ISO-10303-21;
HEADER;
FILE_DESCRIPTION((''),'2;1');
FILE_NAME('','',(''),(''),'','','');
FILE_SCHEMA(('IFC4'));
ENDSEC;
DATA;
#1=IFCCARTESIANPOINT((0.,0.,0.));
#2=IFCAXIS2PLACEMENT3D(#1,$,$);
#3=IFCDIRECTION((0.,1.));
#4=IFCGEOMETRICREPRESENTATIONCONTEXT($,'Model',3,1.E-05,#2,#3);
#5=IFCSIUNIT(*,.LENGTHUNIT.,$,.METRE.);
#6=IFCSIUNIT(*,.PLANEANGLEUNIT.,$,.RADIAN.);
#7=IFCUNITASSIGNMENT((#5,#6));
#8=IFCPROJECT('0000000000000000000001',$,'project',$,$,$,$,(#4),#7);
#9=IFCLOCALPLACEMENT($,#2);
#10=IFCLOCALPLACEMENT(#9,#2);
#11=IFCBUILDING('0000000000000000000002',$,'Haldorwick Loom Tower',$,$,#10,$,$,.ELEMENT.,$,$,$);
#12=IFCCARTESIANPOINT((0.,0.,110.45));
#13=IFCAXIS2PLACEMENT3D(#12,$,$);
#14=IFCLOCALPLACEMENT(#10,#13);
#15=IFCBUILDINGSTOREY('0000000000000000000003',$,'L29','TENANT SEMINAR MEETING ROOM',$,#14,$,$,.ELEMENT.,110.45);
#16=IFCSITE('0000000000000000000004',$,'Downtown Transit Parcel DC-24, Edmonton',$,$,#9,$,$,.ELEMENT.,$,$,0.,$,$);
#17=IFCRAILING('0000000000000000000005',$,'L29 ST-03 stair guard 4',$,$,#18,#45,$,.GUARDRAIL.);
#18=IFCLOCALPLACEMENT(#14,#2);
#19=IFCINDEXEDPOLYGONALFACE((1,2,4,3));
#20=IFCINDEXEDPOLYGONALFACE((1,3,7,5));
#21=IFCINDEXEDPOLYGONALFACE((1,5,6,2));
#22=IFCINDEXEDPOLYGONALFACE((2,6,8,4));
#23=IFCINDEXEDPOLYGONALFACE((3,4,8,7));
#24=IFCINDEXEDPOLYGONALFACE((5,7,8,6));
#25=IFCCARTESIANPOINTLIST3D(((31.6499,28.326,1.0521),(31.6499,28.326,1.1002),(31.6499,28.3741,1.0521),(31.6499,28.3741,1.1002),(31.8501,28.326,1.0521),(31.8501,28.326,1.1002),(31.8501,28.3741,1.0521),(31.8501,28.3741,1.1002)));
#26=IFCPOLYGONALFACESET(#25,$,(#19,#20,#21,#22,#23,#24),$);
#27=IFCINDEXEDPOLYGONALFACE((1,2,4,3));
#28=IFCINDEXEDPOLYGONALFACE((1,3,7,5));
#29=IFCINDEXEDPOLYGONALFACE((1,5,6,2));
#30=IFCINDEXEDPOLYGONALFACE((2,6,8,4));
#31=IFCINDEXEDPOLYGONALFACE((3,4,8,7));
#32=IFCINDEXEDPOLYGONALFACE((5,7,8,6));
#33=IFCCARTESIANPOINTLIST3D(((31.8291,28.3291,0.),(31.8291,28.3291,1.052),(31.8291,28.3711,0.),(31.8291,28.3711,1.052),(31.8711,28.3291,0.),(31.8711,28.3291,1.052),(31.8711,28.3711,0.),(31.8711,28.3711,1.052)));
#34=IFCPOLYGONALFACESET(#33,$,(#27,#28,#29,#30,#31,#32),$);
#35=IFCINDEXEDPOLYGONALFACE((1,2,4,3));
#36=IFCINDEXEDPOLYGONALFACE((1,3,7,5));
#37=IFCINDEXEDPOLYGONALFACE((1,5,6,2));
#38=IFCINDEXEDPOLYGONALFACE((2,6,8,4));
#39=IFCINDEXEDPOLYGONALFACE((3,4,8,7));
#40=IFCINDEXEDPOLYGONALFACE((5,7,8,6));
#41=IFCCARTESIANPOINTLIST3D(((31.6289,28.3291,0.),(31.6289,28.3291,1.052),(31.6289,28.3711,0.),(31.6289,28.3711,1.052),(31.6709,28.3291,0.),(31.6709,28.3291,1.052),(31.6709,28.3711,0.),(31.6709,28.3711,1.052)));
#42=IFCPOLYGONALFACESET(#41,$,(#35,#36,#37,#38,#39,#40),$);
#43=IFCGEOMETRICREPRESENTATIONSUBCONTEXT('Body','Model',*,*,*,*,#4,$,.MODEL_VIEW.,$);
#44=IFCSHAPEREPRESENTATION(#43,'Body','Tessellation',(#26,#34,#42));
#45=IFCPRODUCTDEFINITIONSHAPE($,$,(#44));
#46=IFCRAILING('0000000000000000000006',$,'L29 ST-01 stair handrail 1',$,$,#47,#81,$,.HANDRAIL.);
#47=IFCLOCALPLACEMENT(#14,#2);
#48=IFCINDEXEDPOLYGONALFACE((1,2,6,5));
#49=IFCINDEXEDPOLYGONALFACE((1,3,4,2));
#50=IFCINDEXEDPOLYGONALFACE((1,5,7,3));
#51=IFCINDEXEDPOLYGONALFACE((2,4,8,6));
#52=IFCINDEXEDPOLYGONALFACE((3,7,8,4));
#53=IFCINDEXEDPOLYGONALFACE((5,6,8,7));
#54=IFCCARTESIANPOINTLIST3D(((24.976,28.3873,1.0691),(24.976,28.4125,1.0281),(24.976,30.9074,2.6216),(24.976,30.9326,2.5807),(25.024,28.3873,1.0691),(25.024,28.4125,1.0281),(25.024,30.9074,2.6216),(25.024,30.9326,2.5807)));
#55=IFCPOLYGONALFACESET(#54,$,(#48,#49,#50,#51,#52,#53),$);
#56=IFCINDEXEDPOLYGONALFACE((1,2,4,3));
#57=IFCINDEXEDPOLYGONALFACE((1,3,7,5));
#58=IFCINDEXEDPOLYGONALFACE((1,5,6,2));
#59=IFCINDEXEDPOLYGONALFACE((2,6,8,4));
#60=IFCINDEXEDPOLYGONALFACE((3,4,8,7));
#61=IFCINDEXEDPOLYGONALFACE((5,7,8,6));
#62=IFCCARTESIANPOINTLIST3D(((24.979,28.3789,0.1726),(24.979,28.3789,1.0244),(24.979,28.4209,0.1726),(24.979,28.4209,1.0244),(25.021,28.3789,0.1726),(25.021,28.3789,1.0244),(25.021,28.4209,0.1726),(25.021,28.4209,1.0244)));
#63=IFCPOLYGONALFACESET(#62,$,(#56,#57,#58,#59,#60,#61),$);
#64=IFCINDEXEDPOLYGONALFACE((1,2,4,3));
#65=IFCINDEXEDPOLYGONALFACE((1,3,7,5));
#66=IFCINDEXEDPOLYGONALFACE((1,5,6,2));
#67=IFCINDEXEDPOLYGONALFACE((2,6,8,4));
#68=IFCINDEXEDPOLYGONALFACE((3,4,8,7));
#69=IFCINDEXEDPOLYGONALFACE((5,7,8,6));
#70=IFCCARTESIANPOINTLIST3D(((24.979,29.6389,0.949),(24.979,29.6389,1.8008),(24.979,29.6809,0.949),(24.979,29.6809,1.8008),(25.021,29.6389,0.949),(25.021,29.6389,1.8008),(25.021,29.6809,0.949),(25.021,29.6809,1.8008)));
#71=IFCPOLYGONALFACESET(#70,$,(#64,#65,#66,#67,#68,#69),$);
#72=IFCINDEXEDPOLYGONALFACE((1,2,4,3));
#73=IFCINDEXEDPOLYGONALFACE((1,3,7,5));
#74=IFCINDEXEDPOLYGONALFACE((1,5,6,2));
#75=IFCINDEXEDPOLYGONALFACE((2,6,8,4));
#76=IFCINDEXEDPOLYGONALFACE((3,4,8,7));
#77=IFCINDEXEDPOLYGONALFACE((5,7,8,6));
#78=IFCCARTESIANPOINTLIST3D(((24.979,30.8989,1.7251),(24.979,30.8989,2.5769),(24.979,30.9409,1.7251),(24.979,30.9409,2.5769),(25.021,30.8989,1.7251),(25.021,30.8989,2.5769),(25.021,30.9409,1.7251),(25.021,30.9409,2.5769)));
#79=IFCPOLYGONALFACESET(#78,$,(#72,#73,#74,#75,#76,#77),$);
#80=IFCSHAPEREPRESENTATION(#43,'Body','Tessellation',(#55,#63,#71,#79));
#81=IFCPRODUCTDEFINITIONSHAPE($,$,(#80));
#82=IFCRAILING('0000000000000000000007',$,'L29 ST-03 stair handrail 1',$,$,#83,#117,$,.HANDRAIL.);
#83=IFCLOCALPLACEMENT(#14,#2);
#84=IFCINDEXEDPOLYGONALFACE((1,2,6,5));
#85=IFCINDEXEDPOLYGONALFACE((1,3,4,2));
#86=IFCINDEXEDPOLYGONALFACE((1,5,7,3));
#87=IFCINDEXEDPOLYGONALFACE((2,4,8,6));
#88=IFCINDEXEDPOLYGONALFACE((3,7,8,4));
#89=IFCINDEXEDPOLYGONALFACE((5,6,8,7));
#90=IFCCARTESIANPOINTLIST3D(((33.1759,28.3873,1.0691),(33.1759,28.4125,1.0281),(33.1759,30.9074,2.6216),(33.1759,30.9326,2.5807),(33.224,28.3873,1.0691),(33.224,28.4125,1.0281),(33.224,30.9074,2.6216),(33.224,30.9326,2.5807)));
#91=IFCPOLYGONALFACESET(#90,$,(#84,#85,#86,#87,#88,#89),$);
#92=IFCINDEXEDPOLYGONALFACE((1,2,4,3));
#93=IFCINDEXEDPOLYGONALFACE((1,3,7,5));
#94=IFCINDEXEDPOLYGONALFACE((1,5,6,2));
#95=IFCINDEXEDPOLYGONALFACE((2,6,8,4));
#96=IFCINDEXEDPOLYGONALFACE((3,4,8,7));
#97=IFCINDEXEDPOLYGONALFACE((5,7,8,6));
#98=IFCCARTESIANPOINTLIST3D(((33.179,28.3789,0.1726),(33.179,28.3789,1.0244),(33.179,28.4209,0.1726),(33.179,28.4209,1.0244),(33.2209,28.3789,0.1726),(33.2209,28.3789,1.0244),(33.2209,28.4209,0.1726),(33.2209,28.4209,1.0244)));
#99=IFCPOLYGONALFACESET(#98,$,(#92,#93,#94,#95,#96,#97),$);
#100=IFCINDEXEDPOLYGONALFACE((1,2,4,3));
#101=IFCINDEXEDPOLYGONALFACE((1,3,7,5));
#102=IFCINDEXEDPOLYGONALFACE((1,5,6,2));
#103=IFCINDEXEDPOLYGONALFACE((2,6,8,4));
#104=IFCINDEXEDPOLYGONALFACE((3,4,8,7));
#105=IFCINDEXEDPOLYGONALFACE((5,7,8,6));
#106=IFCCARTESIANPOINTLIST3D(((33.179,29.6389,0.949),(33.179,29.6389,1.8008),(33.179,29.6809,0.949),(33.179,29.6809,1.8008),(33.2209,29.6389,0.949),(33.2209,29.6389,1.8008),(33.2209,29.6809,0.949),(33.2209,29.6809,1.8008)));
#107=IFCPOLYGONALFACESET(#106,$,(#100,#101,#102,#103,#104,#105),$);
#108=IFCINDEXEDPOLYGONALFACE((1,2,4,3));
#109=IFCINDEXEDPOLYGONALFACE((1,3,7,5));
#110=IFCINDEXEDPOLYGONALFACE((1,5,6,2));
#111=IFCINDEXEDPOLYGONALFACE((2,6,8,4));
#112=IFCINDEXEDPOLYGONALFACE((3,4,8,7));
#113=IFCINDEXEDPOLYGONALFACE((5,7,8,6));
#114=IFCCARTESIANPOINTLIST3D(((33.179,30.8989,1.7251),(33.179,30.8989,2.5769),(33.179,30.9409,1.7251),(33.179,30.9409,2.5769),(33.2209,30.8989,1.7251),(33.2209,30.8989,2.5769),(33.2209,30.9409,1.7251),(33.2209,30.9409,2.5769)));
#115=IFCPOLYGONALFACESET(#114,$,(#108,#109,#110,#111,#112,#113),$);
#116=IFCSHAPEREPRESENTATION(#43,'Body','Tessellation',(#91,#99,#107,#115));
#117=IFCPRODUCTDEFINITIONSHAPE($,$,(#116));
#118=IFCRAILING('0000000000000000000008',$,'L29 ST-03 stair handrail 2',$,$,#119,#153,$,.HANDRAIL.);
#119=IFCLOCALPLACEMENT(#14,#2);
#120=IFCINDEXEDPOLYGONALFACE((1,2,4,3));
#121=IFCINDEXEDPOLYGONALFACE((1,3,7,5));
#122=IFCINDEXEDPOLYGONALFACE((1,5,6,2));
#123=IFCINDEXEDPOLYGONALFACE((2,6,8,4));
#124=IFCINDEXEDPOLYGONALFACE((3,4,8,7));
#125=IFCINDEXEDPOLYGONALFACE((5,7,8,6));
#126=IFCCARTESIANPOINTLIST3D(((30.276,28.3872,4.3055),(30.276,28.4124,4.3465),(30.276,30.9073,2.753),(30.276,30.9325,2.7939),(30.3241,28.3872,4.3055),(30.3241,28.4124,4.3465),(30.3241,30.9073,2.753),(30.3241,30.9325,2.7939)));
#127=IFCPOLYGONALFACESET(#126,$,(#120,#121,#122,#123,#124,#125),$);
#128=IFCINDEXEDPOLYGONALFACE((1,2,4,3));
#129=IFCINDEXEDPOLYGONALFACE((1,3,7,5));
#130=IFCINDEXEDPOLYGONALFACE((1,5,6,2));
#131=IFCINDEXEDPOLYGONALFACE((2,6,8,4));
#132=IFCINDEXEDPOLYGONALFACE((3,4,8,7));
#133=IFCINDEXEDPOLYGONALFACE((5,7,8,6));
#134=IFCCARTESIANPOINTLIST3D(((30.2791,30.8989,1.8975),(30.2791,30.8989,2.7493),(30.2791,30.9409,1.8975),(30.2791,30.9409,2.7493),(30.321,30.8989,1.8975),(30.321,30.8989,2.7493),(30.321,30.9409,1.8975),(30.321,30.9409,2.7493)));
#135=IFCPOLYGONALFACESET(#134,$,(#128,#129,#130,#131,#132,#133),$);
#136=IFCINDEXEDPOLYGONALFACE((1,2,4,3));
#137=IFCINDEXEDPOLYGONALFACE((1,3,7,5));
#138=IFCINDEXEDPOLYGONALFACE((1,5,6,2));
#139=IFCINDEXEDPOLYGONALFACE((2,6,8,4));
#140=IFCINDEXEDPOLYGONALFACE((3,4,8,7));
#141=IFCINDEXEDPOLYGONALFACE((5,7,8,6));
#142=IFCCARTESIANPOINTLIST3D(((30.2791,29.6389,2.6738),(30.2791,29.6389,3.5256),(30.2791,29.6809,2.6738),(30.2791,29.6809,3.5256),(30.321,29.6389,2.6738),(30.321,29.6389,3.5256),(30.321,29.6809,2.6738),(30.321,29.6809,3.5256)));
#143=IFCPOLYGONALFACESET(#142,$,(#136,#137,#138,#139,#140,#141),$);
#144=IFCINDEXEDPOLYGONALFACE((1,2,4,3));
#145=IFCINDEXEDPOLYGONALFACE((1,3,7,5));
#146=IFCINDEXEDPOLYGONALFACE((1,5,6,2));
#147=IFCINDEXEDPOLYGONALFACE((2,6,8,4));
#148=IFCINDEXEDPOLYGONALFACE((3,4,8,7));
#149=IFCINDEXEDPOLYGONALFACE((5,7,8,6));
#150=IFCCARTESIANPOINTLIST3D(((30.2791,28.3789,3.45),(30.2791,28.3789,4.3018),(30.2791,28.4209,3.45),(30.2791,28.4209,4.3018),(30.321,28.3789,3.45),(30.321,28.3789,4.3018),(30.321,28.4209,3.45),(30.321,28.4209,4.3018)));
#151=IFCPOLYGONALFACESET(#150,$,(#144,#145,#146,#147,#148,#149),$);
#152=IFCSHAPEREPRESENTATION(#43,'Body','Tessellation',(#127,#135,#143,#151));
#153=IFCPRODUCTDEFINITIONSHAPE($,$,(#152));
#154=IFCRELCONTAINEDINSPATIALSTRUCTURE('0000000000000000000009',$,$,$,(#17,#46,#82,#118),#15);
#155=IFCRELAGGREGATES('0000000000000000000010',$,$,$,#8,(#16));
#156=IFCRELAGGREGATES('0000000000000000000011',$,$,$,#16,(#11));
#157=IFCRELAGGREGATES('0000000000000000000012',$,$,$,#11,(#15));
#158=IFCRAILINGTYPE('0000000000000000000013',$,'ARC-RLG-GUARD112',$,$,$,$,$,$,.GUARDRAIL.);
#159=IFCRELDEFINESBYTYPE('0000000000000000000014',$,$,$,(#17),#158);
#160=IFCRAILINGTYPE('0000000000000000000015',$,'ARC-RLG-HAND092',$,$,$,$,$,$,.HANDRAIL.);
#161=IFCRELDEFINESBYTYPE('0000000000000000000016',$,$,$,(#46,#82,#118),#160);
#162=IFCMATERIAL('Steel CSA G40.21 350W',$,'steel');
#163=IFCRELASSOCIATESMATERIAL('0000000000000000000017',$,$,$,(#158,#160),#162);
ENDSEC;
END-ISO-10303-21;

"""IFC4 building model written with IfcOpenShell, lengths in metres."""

from ifc_helpers import new_model, si_unit, direction, frame, origin, origin_2d, place, context, subcontext, project, spatial, rectangle, extrude, material, type_object, element, save


model = new_model("IFC4")

# Units and contexts
model_context = context("Model", 3, precision=1e-05, world=origin(), true_north=direction((0.0, 1.0)))
body_context = subcontext(model_context, "Body", "Model", "MODEL_VIEW")
ifc_project = project(units=[si_unit("LENGTHUNIT", "METRE"), si_unit("PLANEANGLEUNIT", "RADIAN")], contexts=[model_context])

# Site, building, storey
site_placement = place(None, origin())
site = spatial("IfcSite", under=ifc_project, at=site_placement, Name="Downtown Transit Parcel DC-24, Edmonton", CompositionType="ELEMENT", RefElevation=0.0)
building_placement = place(site_placement, origin())
building = spatial("IfcBuilding", under=site, at=building_placement, Name="Haldorwick Loom Tower", CompositionType="ELEMENT")
storey_placement = place(building_placement, frame((0.0, 0.0, 110.45)))
storey = spatial("IfcBuildingStorey", under=building, at=storey_placement, Name="L29", Description="TENANT SEMINAR MEETING ROOM", CompositionType="ELEMENT", Elevation=110.45)

# Shared definitions
ifc_material_1 = material(Name="Steel CSA G40.21 350W", Category="steel")

# Railings
railing_type_1 = type_object("IfcRailingType", Name="ARC-RLG-GUARD112", PredefinedType="GUARDRAIL", material=ifc_material_1)
railing_1_placement = place(storey_placement, frame((31.8501, 28.3501, 0.0)))
element("IfcRailing", 1, at=railing_1_placement, inside=storey, type_object=railing_type_1, Name="L29 ST-03 stair guard 4", PredefinedType="GUARDRAIL", context=body_context, shape_type="SweptSolid", body=[
    extrude(rectangle(XDim=0.0481, YDim=0.0481, at=origin_2d()), frame((0.0, 0.0, 1.0762), z_axis=(-1.0, 0.0, 0.0), x_axis=(0.0, -1.0, 0.0)), (0.0, 0.0, 1.0), 0.2002),
    extrude(rectangle(XDim=0.042, YDim=0.042, at=origin_2d()), origin(), (0.0, 0.0, 1.0), 1.052),
    extrude(rectangle(XDim=0.042, YDim=0.042, at=origin_2d()), frame((-0.2002, 0.0, 0.0)), (0.0, 0.0, 1.0), 1.052),
])
railing_type_2 = type_object("IfcRailingType", Name="ARC-RLG-HAND092", PredefinedType="HANDRAIL", material=ifc_material_1)
for number, where, name in (
    (2, (25.0, 28.3999, 0.1726), "L29 ST-01 stair handrail 1"),
    (3, (33.2, 28.3999, 0.1726), "L29 ST-03 stair handrail 1"),
):
    element("IfcRailing", number, at=place(storey_placement, frame(where)), inside=storey, type_object=railing_type_2, Name=name, PredefinedType="HANDRAIL", context=body_context, shape_type="SweptSolid", body=[
        extrude(rectangle(XDim=0.0481, YDim=0.0481, at=origin_2d()), frame((0.0, 0.0, 0.876), z_axis=(0.0, 0.8514, 0.524516), x_axis=(-1.0, 0.0, 0.0)), (0.0, 0.0, 1.0), 2.96),
        extrude(rectangle(XDim=0.042, YDim=0.042, at=origin_2d()), origin(), (0.0, 0.0, 1.0), 0.8518),
        extrude(rectangle(XDim=0.042, YDim=0.042, at=origin_2d()), frame((0.0, 1.26, 0.7764)), (0.0, 0.0, 1.0), 0.8518),
        extrude(rectangle(XDim=0.042, YDim=0.042, at=origin_2d()), frame((0.0, 2.52, 1.5525)), (0.0, 0.0, 1.0), 0.8518),
    ])
railing_2_placement = place(storey_placement, frame((30.3, 30.9199, 1.8975)))
element("IfcRailing", 4, at=railing_2_placement, inside=storey, type_object=railing_type_2, Name="L29 ST-03 stair handrail 2", PredefinedType="HANDRAIL", context=body_context, shape_type="SweptSolid", body=[
    extrude(rectangle(XDim=0.0481, YDim=0.0481, at=origin_2d()), frame((0.0, 0.0, 0.876), z_axis=(0.0, -0.8514, 0.524516), x_axis=(1.0, 0.0, 0.0)), (0.0, 0.0, 1.0), 2.96),
    extrude(rectangle(XDim=0.042, YDim=0.042, at=origin_2d()), origin(), (0.0, 0.0, 1.0), 0.8518),
    extrude(rectangle(XDim=0.042, YDim=0.042, at=origin_2d()), frame((0.0, -1.26, 0.7764)), (0.0, 0.0, 1.0), 0.8518),
    extrude(rectangle(XDim=0.042, YDim=0.042, at=origin_2d()), frame((0.0, -2.52, 1.5525)), (0.0, 0.0, 1.0), 0.8518),
])

save(model, "model.ifc")
